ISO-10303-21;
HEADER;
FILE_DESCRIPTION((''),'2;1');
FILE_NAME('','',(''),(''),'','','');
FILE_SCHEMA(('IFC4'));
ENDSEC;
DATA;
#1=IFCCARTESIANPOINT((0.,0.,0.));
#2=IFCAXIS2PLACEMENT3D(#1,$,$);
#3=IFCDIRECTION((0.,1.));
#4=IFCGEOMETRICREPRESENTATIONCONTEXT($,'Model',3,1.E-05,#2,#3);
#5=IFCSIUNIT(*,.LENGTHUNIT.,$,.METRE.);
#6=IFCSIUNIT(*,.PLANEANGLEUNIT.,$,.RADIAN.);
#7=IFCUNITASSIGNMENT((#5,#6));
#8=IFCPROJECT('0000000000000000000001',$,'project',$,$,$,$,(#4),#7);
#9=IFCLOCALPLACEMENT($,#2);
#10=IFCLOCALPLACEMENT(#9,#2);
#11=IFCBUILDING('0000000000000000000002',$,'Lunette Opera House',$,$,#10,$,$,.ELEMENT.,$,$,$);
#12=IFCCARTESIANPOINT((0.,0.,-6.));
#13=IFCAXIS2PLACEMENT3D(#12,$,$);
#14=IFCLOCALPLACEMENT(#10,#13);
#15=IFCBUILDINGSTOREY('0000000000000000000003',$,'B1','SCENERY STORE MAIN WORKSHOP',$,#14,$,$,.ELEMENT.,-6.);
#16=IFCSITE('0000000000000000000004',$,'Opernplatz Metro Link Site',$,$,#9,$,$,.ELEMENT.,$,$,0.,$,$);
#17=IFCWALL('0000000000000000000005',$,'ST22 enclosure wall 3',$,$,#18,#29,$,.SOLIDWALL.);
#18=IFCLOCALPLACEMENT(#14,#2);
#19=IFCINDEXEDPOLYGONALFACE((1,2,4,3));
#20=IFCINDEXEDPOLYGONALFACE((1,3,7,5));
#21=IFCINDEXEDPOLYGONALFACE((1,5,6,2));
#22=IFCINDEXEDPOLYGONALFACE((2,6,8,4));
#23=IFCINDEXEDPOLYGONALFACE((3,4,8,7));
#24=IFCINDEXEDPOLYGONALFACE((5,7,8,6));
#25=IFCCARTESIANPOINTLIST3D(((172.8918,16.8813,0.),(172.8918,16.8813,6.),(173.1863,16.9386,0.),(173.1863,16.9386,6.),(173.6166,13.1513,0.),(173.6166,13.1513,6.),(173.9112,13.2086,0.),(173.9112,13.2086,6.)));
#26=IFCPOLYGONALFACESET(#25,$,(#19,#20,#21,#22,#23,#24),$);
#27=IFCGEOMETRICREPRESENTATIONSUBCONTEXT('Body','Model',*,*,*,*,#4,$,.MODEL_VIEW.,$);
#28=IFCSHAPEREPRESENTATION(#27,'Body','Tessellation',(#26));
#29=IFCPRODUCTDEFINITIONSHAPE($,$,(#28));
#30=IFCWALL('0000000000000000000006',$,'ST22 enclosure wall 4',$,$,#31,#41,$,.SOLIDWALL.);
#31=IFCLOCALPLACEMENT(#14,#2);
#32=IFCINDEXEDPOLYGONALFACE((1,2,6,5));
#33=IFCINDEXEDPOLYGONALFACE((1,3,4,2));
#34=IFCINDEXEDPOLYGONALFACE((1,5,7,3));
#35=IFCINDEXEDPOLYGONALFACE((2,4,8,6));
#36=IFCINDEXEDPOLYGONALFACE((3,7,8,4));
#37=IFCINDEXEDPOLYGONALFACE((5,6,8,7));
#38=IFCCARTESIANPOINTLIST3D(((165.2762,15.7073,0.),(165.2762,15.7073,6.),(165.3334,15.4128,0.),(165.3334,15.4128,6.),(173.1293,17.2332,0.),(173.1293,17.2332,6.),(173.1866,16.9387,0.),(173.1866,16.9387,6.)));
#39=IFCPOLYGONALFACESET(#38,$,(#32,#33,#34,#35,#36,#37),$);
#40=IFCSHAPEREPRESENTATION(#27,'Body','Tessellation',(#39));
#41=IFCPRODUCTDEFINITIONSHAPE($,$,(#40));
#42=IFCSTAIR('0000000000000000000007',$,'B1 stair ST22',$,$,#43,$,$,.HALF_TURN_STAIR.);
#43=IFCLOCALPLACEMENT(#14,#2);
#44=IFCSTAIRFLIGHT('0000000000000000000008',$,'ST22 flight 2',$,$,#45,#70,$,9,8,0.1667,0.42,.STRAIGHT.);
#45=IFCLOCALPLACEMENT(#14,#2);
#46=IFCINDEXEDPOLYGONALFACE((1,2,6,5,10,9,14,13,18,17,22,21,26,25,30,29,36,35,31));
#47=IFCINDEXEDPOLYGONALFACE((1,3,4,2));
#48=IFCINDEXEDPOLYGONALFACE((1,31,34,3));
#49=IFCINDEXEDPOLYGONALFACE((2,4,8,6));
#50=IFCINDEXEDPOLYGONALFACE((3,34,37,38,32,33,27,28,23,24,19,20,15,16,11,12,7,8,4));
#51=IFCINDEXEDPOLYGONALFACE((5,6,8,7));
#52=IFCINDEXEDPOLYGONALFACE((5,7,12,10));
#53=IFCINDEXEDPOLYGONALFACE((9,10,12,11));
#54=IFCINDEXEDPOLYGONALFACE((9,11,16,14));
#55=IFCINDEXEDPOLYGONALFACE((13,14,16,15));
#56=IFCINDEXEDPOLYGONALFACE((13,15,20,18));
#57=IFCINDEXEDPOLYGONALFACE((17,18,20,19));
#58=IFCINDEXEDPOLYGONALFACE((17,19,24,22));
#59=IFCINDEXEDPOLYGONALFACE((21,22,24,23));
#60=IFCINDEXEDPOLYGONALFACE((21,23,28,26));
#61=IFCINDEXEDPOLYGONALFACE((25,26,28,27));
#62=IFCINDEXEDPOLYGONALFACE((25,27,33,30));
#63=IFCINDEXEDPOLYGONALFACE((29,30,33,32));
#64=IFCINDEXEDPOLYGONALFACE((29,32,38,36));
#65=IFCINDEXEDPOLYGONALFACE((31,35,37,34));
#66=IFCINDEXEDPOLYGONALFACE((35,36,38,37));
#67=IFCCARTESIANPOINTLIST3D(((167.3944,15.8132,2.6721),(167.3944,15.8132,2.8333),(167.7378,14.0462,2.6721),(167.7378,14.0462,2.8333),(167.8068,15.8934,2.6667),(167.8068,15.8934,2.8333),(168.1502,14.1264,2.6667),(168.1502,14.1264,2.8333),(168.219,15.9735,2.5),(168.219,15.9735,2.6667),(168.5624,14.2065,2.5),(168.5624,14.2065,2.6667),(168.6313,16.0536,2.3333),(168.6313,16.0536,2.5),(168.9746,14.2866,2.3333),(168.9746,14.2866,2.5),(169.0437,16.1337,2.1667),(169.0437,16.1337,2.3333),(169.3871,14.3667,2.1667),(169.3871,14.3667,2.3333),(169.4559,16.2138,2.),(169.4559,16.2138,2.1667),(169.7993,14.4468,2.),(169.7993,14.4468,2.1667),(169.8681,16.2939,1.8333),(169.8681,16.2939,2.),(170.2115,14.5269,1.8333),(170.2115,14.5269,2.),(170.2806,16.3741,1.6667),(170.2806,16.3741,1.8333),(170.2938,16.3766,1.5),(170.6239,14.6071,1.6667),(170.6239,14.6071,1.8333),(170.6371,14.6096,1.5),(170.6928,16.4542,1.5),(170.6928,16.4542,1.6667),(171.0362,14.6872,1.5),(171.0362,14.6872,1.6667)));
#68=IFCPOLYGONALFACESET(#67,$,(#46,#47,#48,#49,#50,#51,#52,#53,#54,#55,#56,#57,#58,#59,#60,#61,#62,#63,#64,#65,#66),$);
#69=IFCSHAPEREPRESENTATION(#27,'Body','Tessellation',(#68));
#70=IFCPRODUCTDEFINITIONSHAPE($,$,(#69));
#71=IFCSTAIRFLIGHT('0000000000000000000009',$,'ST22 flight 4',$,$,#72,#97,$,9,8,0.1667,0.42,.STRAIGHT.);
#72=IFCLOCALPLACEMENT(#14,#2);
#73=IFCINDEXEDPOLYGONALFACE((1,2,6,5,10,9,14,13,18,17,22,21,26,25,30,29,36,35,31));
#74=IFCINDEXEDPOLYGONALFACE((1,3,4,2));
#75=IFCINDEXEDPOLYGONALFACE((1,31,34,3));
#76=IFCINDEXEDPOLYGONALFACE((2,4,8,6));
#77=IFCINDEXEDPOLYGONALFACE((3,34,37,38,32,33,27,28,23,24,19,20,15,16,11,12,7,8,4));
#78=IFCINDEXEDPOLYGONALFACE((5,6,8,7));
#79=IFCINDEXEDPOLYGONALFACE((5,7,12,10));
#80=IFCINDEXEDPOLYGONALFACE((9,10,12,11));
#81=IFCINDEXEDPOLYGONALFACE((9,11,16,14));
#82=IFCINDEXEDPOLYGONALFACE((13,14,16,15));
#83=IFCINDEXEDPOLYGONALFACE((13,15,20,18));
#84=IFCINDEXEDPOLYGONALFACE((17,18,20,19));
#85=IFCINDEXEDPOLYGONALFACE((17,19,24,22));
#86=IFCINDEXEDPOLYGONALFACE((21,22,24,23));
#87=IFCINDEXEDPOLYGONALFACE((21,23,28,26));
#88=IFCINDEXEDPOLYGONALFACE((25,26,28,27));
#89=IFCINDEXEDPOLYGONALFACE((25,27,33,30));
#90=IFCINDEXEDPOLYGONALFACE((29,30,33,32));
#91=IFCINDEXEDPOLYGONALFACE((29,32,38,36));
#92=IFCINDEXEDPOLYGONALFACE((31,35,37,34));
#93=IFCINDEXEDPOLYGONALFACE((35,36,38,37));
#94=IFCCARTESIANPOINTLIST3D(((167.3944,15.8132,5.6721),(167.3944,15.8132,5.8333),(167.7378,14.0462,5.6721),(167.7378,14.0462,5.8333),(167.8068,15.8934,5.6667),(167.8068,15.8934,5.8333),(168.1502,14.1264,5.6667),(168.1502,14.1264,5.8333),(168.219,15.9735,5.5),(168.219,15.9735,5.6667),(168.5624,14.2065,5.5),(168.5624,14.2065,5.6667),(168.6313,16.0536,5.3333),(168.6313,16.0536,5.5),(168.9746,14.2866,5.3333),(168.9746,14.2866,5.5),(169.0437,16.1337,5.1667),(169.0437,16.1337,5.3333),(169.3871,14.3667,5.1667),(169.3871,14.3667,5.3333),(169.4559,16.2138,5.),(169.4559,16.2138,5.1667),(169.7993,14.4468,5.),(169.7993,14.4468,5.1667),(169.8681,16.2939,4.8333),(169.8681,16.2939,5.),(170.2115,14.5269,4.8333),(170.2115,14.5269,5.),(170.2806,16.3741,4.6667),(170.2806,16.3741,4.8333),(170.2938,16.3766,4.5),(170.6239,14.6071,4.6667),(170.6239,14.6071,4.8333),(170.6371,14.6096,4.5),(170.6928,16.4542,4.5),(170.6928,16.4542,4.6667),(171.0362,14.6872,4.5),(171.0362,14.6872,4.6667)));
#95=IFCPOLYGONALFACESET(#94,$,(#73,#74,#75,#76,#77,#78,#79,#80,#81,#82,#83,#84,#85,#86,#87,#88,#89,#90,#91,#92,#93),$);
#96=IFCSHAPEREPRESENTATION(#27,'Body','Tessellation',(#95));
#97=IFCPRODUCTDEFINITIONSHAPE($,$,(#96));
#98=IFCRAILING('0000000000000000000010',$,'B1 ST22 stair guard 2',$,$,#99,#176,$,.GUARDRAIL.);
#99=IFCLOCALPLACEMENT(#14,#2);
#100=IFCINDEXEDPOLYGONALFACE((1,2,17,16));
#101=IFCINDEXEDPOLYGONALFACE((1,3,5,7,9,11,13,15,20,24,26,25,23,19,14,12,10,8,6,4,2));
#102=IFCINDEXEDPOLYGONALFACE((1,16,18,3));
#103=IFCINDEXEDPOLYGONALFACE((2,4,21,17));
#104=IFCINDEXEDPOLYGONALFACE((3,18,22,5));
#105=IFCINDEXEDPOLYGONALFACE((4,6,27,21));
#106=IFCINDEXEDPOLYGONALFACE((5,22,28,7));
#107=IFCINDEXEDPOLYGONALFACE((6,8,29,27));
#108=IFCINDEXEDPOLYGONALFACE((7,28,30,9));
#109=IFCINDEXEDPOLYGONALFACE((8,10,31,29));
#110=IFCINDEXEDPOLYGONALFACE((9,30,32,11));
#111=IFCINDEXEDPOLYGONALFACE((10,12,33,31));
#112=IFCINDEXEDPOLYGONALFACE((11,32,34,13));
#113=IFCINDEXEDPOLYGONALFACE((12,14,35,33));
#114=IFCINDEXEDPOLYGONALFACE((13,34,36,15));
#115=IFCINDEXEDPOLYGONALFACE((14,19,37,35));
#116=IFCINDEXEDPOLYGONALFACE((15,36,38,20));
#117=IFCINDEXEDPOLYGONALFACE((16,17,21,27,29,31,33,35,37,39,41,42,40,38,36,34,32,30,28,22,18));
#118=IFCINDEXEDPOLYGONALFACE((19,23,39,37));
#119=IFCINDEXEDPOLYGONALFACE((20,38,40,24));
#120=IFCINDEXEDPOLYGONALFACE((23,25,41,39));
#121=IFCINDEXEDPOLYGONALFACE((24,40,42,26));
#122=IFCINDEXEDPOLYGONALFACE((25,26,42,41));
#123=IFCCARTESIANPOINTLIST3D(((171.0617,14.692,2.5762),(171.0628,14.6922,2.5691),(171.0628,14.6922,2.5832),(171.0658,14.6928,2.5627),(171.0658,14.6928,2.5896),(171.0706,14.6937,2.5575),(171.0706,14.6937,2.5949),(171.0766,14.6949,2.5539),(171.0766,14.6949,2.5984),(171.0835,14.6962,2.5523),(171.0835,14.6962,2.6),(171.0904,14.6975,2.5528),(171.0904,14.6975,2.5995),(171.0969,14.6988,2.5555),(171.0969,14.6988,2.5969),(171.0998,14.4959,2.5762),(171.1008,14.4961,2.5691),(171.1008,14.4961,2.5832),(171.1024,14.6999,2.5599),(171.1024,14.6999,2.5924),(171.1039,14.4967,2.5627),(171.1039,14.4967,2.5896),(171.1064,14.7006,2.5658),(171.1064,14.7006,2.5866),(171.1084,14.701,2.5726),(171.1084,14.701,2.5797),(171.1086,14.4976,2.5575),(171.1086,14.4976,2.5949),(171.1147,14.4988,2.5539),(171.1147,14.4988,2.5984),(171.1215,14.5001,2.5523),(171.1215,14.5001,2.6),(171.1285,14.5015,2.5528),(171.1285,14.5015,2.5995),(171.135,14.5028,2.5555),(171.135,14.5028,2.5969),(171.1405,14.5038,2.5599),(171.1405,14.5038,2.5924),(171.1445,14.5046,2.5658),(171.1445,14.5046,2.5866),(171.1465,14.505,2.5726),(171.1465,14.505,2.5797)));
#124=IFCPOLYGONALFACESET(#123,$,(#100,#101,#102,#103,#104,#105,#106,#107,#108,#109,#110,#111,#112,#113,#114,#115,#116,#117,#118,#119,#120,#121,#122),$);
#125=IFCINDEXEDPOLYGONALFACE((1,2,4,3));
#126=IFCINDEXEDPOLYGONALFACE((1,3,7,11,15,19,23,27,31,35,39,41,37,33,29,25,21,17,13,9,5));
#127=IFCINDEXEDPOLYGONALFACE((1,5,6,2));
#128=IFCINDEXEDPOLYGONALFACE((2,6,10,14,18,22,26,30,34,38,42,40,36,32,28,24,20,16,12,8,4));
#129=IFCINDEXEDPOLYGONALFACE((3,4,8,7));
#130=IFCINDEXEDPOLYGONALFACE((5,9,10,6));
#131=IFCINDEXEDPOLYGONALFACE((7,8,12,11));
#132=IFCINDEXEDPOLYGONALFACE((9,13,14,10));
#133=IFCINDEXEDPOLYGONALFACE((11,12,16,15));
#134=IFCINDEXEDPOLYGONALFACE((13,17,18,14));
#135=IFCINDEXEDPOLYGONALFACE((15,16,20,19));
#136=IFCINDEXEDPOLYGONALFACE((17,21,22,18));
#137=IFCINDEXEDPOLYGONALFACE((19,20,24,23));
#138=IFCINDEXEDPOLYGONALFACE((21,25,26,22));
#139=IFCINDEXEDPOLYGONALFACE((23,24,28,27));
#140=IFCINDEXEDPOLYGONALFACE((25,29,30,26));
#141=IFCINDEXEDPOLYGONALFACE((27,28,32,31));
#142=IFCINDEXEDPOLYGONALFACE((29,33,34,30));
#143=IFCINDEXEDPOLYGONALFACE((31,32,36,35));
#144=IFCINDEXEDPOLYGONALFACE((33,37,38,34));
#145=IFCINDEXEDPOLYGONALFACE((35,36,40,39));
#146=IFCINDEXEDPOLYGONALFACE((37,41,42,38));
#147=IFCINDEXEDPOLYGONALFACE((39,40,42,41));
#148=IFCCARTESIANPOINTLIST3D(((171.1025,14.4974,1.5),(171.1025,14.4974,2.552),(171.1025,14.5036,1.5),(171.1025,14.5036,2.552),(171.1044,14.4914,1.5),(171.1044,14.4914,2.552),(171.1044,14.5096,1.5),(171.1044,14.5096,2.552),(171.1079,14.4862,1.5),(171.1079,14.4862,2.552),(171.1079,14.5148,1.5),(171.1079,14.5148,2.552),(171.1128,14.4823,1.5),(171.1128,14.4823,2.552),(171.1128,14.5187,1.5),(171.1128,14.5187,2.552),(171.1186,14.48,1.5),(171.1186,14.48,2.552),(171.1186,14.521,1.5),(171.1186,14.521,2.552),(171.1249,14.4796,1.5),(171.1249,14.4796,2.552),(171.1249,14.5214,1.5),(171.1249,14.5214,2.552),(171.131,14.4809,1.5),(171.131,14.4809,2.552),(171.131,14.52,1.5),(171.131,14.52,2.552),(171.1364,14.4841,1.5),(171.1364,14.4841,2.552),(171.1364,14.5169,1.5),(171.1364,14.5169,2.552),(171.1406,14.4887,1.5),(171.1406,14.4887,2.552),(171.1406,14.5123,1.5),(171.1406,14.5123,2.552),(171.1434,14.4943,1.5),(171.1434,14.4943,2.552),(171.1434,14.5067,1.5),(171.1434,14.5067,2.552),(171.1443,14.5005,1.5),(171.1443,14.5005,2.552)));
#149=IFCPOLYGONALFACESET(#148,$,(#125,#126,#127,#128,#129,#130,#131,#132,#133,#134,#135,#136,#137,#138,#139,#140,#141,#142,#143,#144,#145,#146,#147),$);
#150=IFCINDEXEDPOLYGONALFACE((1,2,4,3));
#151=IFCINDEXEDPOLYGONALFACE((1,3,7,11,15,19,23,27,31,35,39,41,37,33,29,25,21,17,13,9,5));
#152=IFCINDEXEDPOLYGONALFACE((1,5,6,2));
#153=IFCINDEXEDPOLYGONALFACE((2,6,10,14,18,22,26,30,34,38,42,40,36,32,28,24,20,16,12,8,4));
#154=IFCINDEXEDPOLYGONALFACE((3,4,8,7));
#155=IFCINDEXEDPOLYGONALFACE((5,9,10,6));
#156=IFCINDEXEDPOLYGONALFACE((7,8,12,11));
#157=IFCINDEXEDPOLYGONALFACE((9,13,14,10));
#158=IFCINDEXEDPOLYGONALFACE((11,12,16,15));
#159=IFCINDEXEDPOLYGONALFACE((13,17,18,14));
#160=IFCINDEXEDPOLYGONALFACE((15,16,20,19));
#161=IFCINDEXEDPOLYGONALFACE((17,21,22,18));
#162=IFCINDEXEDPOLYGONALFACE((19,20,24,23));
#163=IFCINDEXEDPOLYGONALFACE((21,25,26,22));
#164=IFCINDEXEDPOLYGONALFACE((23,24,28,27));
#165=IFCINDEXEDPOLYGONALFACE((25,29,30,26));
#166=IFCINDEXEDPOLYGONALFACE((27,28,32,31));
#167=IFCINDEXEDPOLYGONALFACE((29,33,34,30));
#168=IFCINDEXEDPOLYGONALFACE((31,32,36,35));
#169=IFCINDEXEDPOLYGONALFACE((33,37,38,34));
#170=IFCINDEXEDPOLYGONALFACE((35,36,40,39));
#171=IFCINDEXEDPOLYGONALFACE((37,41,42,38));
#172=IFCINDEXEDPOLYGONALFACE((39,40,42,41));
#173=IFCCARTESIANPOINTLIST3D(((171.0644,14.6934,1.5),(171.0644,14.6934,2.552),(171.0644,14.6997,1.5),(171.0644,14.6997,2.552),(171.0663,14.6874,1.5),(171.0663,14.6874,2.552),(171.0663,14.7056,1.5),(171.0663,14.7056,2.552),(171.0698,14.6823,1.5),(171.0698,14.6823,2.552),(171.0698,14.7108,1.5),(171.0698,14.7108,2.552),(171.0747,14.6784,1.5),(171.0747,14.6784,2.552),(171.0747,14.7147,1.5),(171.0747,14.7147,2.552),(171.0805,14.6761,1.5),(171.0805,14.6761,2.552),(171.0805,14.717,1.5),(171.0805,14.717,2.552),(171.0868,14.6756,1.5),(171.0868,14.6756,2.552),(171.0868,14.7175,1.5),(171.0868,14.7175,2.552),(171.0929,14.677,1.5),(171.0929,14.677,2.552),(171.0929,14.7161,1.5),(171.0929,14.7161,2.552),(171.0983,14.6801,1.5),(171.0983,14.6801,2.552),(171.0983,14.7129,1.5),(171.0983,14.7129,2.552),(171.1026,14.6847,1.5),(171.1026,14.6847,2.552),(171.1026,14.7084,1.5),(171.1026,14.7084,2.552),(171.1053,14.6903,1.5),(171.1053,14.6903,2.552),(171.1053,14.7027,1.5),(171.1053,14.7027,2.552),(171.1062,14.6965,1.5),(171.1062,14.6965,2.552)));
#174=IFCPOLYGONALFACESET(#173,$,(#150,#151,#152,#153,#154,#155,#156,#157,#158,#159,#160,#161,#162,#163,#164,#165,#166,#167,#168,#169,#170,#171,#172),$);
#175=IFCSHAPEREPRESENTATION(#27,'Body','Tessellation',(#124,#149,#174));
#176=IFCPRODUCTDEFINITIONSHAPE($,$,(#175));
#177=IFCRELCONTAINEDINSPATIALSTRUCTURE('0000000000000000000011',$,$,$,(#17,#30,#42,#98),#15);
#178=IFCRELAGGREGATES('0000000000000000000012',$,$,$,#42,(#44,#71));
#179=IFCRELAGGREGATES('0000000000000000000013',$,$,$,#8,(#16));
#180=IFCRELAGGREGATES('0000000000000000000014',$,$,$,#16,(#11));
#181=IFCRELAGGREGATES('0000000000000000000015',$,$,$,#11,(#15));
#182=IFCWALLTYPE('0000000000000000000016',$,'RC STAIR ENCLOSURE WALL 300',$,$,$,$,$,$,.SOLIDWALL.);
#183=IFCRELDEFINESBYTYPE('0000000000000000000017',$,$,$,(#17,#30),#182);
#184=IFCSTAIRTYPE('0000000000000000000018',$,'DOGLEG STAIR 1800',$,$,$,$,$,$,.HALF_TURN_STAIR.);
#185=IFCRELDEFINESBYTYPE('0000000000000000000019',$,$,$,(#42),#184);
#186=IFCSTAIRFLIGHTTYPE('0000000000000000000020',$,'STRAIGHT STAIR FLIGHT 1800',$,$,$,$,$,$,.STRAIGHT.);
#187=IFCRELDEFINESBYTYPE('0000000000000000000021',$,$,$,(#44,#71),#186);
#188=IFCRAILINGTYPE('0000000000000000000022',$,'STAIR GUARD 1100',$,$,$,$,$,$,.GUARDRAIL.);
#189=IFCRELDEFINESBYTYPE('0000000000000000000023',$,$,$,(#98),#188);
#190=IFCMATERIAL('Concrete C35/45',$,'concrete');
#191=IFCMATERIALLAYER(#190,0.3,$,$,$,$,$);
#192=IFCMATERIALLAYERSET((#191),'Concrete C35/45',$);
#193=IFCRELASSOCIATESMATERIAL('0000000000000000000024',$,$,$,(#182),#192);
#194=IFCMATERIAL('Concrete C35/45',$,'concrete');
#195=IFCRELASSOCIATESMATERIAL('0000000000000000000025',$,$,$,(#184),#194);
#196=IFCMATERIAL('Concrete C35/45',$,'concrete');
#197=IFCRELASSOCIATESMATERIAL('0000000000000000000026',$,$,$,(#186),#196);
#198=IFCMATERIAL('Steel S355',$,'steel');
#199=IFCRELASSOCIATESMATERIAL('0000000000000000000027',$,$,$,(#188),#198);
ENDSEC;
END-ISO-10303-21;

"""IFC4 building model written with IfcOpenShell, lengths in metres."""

from ifc_helpers import new_model, si_unit, direction, frame, frame_2d, origin, origin_2d, place, context, subcontext, project, spatial, polyline, rectangle, circle, outline, extrude, material, layer, layer_set, type_object, element, aggregate, save


model = new_model("IFC4")

# Units and contexts
model_context = context("Model", 3, precision=1e-05, world=origin(), true_north=direction((0.0, 1.0)))
body_context = subcontext(model_context, "Body", "Model", "MODEL_VIEW")
ifc_project = project(units=[si_unit("LENGTHUNIT", "METRE"), si_unit("PLANEANGLEUNIT", "RADIAN")], contexts=[model_context])

# Site, building, storey
site_placement = place(None, origin())
site = spatial("IfcSite", under=ifc_project, at=site_placement, Name="Opernplatz Metro Link Site", CompositionType="ELEMENT", RefElevation=0.0)
building_placement = place(site_placement, origin())
building = spatial("IfcBuilding", under=site, at=building_placement, Name="Lunette Opera House", CompositionType="ELEMENT")
storey_placement = place(building_placement, frame((0.0, 0.0, -6.0)))
storey = spatial("IfcBuildingStorey", under=building, at=storey_placement, Name="B1", Description="SCENERY STORE MAIN WORKSHOP", CompositionType="ELEMENT", Elevation=-6.0)

# Walls
ifc_material_1 = material(Name="Concrete C35/45", Category="concrete")
ifc_layer = layer(ifc_material_1, 0.3)
ifc_layer_set = layer_set([ifc_layer], Name="Concrete C35/45")
wall_type = type_object("IfcWallType", Name="RC STAIR ENCLOSURE WALL 300", PredefinedType="SOLIDWALL", material=ifc_layer_set)
wall_1_placement = place(storey_placement, frame((173.7639, 13.1799, 0.0), z_axis=(0.0, 0.0, 1.0), x_axis=(-0.190763, 0.981636, 0.0)))
element("IfcWall", 1, at=wall_1_placement, inside=storey, type_object=wall_type, Name="ST22 enclosure wall 3", PredefinedType="SOLIDWALL", context=body_context, shape_type="SweptSolid", body=[
    extrude(rectangle(XDim=3.7998, YDim=0.3, at=frame_2d((1.8999, 0.0))), origin(), (0.0, 0.0, 1.0), 6.0),
])
wall_2_placement = place(storey_placement, frame((173.158, 17.0859, 0.0), z_axis=(0.0, 0.0, 1.0), x_axis=(-0.981641, -0.190737, 0.0)))
element("IfcWall", 2, at=wall_2_placement, inside=storey, type_object=wall_type, Name="ST22 enclosure wall 4", PredefinedType="SOLIDWALL", context=body_context, shape_type="SweptSolid", body=[
    extrude(rectangle(XDim=8.0, YDim=0.3, at=frame_2d((4.0, 0.0))), origin(), (0.0, 0.0, 1.0), 6.0),
])

# Stair, stair flights
ifc_material_2 = material(Name="Concrete C35/45", Category="concrete")
stair_type = type_object("IfcStairType", Name="DOGLEG STAIR 1800", PredefinedType="HALF_TURN_STAIR", material=ifc_material_2)
stair_placement = place(storey_placement, origin())
stair = element("IfcStair", 3, at=stair_placement, inside=storey, type_object=stair_type, Name="B1 stair ST22", PredefinedType="HALF_TURN_STAIR")
ifc_material_3 = material(Name="Concrete C35/45", Category="concrete")
stair_flight_type = type_object("IfcStairFlightType", Name="STRAIGHT STAIR FLIGHT 1800", PredefinedType="STRAIGHT", material=ifc_material_3)
stair_flight_1_placement = place(storey_placement, frame((170.8645, 15.5706, 1.5), z_axis=(0.0, 0.0, 1.0), x_axis=(-0.981638, -0.190753, 0.0)))
stair_flight_1 = element("IfcStairFlight", 4, at=stair_flight_1_placement, type_object=stair_flight_type, Name="ST22 flight 2", NumberOfRisers=9, NumberOfTreads=8, PredefinedType="STRAIGHT", RiserHeight=0.1667, TreadLength=0.42, context=body_context, shape_type="SweptSolid", body=[
    extrude(outline(polyline([(0.0, 0.0), (0.0, 0.1667), (0.4199, 0.1667), (0.4199, 0.3333), (0.8401, 0.3333), (0.8401, 0.5), (1.26, 0.5), (1.26, 0.6667), (1.6799, 0.6667), (1.6799, 0.8333), (2.1001, 0.8333), (2.1001, 1.0), (2.52, 1.0), (2.52, 1.1667), (2.9399, 1.1667), (2.9399, 1.3333), (3.3601, 1.3333), (3.3601, 1.5), (3.3601, 1.1721), (0.4065, 0.0), (0.0, 0.0)])), frame((0.0, 0.8999, 0.0), z_axis=(0.0, -1.0, 0.0), x_axis=(1.0, 0.0, 0.0)), (0.0, 0.0, 1.0), 1.8),
])
stair_flight_2_placement = place(storey_placement, frame((170.8645, 15.5706, 4.5), z_axis=(0.0, 0.0, 1.0), x_axis=(-0.981638, -0.190753, 0.0)))
stair_flight_2 = element("IfcStairFlight", 5, at=stair_flight_2_placement, type_object=stair_flight_type, Name="ST22 flight 4", NumberOfRisers=9, NumberOfTreads=8, PredefinedType="STRAIGHT", RiserHeight=0.1667, TreadLength=0.42, context=body_context, shape_type="SweptSolid", body=[
    extrude(outline(polyline([(0.0, 0.0), (0.0, 0.1667), (0.4199, 0.1667), (0.4199, 0.3333), (0.8401, 0.3333), (0.8401, 0.5), (1.26, 0.5), (1.26, 0.6667), (1.6799, 0.6667), (1.6799, 0.8333), (2.1001, 0.8333), (2.1001, 1.0), (2.52, 1.0), (2.52, 1.1667), (2.9399, 1.1667), (2.9399, 1.3333), (3.3601, 1.3333), (3.3601, 1.5), (3.3601, 1.1721), (0.4065, 0.0), (0.0, 0.0)])), frame((0.0, 0.8999, 0.0), z_axis=(0.0, -1.0, 0.0), x_axis=(1.0, 0.0, 0.0)), (0.0, 0.0, 1.0), 1.8),
])
aggregate(stair, [stair_flight_1, stair_flight_2])

# Railing
ifc_material_4 = material(Name="Steel S355", Category="steel")
railing_type_1 = type_object("IfcRailingType", Name="STAIR GUARD 1100", PredefinedType="GUARDRAIL", material=ifc_material_4)
railing_1_placement = place(storey_placement, frame((171.1233, 14.5005, 1.5)))
element("IfcRailing", 6, at=railing_1_placement, inside=storey, type_object=railing_type_1, Name="B1 ST22 stair guard 2", PredefinedType="GUARDRAIL", context=body_context, shape_type="SweptSolid", body=[
    extrude(circle(Radius=0.0239, at=origin_2d()), frame((0.0, 0.0, 1.0762), z_axis=(-0.190706, 0.981647, 0.0), x_axis=(-0.981647, -0.190706, 0.0)), (0.0, 0.0, 1.0), 0.1997),
    extrude(circle(Radius=0.021, at=origin_2d()), origin(), (0.0, 0.0, 1.0), 1.052),
    extrude(circle(Radius=0.021, at=origin_2d()), frame((-0.0381, 0.196, 0.0)), (0.0, 0.0, 1.0), 1.052),
])

save(model, "model.ifc")
